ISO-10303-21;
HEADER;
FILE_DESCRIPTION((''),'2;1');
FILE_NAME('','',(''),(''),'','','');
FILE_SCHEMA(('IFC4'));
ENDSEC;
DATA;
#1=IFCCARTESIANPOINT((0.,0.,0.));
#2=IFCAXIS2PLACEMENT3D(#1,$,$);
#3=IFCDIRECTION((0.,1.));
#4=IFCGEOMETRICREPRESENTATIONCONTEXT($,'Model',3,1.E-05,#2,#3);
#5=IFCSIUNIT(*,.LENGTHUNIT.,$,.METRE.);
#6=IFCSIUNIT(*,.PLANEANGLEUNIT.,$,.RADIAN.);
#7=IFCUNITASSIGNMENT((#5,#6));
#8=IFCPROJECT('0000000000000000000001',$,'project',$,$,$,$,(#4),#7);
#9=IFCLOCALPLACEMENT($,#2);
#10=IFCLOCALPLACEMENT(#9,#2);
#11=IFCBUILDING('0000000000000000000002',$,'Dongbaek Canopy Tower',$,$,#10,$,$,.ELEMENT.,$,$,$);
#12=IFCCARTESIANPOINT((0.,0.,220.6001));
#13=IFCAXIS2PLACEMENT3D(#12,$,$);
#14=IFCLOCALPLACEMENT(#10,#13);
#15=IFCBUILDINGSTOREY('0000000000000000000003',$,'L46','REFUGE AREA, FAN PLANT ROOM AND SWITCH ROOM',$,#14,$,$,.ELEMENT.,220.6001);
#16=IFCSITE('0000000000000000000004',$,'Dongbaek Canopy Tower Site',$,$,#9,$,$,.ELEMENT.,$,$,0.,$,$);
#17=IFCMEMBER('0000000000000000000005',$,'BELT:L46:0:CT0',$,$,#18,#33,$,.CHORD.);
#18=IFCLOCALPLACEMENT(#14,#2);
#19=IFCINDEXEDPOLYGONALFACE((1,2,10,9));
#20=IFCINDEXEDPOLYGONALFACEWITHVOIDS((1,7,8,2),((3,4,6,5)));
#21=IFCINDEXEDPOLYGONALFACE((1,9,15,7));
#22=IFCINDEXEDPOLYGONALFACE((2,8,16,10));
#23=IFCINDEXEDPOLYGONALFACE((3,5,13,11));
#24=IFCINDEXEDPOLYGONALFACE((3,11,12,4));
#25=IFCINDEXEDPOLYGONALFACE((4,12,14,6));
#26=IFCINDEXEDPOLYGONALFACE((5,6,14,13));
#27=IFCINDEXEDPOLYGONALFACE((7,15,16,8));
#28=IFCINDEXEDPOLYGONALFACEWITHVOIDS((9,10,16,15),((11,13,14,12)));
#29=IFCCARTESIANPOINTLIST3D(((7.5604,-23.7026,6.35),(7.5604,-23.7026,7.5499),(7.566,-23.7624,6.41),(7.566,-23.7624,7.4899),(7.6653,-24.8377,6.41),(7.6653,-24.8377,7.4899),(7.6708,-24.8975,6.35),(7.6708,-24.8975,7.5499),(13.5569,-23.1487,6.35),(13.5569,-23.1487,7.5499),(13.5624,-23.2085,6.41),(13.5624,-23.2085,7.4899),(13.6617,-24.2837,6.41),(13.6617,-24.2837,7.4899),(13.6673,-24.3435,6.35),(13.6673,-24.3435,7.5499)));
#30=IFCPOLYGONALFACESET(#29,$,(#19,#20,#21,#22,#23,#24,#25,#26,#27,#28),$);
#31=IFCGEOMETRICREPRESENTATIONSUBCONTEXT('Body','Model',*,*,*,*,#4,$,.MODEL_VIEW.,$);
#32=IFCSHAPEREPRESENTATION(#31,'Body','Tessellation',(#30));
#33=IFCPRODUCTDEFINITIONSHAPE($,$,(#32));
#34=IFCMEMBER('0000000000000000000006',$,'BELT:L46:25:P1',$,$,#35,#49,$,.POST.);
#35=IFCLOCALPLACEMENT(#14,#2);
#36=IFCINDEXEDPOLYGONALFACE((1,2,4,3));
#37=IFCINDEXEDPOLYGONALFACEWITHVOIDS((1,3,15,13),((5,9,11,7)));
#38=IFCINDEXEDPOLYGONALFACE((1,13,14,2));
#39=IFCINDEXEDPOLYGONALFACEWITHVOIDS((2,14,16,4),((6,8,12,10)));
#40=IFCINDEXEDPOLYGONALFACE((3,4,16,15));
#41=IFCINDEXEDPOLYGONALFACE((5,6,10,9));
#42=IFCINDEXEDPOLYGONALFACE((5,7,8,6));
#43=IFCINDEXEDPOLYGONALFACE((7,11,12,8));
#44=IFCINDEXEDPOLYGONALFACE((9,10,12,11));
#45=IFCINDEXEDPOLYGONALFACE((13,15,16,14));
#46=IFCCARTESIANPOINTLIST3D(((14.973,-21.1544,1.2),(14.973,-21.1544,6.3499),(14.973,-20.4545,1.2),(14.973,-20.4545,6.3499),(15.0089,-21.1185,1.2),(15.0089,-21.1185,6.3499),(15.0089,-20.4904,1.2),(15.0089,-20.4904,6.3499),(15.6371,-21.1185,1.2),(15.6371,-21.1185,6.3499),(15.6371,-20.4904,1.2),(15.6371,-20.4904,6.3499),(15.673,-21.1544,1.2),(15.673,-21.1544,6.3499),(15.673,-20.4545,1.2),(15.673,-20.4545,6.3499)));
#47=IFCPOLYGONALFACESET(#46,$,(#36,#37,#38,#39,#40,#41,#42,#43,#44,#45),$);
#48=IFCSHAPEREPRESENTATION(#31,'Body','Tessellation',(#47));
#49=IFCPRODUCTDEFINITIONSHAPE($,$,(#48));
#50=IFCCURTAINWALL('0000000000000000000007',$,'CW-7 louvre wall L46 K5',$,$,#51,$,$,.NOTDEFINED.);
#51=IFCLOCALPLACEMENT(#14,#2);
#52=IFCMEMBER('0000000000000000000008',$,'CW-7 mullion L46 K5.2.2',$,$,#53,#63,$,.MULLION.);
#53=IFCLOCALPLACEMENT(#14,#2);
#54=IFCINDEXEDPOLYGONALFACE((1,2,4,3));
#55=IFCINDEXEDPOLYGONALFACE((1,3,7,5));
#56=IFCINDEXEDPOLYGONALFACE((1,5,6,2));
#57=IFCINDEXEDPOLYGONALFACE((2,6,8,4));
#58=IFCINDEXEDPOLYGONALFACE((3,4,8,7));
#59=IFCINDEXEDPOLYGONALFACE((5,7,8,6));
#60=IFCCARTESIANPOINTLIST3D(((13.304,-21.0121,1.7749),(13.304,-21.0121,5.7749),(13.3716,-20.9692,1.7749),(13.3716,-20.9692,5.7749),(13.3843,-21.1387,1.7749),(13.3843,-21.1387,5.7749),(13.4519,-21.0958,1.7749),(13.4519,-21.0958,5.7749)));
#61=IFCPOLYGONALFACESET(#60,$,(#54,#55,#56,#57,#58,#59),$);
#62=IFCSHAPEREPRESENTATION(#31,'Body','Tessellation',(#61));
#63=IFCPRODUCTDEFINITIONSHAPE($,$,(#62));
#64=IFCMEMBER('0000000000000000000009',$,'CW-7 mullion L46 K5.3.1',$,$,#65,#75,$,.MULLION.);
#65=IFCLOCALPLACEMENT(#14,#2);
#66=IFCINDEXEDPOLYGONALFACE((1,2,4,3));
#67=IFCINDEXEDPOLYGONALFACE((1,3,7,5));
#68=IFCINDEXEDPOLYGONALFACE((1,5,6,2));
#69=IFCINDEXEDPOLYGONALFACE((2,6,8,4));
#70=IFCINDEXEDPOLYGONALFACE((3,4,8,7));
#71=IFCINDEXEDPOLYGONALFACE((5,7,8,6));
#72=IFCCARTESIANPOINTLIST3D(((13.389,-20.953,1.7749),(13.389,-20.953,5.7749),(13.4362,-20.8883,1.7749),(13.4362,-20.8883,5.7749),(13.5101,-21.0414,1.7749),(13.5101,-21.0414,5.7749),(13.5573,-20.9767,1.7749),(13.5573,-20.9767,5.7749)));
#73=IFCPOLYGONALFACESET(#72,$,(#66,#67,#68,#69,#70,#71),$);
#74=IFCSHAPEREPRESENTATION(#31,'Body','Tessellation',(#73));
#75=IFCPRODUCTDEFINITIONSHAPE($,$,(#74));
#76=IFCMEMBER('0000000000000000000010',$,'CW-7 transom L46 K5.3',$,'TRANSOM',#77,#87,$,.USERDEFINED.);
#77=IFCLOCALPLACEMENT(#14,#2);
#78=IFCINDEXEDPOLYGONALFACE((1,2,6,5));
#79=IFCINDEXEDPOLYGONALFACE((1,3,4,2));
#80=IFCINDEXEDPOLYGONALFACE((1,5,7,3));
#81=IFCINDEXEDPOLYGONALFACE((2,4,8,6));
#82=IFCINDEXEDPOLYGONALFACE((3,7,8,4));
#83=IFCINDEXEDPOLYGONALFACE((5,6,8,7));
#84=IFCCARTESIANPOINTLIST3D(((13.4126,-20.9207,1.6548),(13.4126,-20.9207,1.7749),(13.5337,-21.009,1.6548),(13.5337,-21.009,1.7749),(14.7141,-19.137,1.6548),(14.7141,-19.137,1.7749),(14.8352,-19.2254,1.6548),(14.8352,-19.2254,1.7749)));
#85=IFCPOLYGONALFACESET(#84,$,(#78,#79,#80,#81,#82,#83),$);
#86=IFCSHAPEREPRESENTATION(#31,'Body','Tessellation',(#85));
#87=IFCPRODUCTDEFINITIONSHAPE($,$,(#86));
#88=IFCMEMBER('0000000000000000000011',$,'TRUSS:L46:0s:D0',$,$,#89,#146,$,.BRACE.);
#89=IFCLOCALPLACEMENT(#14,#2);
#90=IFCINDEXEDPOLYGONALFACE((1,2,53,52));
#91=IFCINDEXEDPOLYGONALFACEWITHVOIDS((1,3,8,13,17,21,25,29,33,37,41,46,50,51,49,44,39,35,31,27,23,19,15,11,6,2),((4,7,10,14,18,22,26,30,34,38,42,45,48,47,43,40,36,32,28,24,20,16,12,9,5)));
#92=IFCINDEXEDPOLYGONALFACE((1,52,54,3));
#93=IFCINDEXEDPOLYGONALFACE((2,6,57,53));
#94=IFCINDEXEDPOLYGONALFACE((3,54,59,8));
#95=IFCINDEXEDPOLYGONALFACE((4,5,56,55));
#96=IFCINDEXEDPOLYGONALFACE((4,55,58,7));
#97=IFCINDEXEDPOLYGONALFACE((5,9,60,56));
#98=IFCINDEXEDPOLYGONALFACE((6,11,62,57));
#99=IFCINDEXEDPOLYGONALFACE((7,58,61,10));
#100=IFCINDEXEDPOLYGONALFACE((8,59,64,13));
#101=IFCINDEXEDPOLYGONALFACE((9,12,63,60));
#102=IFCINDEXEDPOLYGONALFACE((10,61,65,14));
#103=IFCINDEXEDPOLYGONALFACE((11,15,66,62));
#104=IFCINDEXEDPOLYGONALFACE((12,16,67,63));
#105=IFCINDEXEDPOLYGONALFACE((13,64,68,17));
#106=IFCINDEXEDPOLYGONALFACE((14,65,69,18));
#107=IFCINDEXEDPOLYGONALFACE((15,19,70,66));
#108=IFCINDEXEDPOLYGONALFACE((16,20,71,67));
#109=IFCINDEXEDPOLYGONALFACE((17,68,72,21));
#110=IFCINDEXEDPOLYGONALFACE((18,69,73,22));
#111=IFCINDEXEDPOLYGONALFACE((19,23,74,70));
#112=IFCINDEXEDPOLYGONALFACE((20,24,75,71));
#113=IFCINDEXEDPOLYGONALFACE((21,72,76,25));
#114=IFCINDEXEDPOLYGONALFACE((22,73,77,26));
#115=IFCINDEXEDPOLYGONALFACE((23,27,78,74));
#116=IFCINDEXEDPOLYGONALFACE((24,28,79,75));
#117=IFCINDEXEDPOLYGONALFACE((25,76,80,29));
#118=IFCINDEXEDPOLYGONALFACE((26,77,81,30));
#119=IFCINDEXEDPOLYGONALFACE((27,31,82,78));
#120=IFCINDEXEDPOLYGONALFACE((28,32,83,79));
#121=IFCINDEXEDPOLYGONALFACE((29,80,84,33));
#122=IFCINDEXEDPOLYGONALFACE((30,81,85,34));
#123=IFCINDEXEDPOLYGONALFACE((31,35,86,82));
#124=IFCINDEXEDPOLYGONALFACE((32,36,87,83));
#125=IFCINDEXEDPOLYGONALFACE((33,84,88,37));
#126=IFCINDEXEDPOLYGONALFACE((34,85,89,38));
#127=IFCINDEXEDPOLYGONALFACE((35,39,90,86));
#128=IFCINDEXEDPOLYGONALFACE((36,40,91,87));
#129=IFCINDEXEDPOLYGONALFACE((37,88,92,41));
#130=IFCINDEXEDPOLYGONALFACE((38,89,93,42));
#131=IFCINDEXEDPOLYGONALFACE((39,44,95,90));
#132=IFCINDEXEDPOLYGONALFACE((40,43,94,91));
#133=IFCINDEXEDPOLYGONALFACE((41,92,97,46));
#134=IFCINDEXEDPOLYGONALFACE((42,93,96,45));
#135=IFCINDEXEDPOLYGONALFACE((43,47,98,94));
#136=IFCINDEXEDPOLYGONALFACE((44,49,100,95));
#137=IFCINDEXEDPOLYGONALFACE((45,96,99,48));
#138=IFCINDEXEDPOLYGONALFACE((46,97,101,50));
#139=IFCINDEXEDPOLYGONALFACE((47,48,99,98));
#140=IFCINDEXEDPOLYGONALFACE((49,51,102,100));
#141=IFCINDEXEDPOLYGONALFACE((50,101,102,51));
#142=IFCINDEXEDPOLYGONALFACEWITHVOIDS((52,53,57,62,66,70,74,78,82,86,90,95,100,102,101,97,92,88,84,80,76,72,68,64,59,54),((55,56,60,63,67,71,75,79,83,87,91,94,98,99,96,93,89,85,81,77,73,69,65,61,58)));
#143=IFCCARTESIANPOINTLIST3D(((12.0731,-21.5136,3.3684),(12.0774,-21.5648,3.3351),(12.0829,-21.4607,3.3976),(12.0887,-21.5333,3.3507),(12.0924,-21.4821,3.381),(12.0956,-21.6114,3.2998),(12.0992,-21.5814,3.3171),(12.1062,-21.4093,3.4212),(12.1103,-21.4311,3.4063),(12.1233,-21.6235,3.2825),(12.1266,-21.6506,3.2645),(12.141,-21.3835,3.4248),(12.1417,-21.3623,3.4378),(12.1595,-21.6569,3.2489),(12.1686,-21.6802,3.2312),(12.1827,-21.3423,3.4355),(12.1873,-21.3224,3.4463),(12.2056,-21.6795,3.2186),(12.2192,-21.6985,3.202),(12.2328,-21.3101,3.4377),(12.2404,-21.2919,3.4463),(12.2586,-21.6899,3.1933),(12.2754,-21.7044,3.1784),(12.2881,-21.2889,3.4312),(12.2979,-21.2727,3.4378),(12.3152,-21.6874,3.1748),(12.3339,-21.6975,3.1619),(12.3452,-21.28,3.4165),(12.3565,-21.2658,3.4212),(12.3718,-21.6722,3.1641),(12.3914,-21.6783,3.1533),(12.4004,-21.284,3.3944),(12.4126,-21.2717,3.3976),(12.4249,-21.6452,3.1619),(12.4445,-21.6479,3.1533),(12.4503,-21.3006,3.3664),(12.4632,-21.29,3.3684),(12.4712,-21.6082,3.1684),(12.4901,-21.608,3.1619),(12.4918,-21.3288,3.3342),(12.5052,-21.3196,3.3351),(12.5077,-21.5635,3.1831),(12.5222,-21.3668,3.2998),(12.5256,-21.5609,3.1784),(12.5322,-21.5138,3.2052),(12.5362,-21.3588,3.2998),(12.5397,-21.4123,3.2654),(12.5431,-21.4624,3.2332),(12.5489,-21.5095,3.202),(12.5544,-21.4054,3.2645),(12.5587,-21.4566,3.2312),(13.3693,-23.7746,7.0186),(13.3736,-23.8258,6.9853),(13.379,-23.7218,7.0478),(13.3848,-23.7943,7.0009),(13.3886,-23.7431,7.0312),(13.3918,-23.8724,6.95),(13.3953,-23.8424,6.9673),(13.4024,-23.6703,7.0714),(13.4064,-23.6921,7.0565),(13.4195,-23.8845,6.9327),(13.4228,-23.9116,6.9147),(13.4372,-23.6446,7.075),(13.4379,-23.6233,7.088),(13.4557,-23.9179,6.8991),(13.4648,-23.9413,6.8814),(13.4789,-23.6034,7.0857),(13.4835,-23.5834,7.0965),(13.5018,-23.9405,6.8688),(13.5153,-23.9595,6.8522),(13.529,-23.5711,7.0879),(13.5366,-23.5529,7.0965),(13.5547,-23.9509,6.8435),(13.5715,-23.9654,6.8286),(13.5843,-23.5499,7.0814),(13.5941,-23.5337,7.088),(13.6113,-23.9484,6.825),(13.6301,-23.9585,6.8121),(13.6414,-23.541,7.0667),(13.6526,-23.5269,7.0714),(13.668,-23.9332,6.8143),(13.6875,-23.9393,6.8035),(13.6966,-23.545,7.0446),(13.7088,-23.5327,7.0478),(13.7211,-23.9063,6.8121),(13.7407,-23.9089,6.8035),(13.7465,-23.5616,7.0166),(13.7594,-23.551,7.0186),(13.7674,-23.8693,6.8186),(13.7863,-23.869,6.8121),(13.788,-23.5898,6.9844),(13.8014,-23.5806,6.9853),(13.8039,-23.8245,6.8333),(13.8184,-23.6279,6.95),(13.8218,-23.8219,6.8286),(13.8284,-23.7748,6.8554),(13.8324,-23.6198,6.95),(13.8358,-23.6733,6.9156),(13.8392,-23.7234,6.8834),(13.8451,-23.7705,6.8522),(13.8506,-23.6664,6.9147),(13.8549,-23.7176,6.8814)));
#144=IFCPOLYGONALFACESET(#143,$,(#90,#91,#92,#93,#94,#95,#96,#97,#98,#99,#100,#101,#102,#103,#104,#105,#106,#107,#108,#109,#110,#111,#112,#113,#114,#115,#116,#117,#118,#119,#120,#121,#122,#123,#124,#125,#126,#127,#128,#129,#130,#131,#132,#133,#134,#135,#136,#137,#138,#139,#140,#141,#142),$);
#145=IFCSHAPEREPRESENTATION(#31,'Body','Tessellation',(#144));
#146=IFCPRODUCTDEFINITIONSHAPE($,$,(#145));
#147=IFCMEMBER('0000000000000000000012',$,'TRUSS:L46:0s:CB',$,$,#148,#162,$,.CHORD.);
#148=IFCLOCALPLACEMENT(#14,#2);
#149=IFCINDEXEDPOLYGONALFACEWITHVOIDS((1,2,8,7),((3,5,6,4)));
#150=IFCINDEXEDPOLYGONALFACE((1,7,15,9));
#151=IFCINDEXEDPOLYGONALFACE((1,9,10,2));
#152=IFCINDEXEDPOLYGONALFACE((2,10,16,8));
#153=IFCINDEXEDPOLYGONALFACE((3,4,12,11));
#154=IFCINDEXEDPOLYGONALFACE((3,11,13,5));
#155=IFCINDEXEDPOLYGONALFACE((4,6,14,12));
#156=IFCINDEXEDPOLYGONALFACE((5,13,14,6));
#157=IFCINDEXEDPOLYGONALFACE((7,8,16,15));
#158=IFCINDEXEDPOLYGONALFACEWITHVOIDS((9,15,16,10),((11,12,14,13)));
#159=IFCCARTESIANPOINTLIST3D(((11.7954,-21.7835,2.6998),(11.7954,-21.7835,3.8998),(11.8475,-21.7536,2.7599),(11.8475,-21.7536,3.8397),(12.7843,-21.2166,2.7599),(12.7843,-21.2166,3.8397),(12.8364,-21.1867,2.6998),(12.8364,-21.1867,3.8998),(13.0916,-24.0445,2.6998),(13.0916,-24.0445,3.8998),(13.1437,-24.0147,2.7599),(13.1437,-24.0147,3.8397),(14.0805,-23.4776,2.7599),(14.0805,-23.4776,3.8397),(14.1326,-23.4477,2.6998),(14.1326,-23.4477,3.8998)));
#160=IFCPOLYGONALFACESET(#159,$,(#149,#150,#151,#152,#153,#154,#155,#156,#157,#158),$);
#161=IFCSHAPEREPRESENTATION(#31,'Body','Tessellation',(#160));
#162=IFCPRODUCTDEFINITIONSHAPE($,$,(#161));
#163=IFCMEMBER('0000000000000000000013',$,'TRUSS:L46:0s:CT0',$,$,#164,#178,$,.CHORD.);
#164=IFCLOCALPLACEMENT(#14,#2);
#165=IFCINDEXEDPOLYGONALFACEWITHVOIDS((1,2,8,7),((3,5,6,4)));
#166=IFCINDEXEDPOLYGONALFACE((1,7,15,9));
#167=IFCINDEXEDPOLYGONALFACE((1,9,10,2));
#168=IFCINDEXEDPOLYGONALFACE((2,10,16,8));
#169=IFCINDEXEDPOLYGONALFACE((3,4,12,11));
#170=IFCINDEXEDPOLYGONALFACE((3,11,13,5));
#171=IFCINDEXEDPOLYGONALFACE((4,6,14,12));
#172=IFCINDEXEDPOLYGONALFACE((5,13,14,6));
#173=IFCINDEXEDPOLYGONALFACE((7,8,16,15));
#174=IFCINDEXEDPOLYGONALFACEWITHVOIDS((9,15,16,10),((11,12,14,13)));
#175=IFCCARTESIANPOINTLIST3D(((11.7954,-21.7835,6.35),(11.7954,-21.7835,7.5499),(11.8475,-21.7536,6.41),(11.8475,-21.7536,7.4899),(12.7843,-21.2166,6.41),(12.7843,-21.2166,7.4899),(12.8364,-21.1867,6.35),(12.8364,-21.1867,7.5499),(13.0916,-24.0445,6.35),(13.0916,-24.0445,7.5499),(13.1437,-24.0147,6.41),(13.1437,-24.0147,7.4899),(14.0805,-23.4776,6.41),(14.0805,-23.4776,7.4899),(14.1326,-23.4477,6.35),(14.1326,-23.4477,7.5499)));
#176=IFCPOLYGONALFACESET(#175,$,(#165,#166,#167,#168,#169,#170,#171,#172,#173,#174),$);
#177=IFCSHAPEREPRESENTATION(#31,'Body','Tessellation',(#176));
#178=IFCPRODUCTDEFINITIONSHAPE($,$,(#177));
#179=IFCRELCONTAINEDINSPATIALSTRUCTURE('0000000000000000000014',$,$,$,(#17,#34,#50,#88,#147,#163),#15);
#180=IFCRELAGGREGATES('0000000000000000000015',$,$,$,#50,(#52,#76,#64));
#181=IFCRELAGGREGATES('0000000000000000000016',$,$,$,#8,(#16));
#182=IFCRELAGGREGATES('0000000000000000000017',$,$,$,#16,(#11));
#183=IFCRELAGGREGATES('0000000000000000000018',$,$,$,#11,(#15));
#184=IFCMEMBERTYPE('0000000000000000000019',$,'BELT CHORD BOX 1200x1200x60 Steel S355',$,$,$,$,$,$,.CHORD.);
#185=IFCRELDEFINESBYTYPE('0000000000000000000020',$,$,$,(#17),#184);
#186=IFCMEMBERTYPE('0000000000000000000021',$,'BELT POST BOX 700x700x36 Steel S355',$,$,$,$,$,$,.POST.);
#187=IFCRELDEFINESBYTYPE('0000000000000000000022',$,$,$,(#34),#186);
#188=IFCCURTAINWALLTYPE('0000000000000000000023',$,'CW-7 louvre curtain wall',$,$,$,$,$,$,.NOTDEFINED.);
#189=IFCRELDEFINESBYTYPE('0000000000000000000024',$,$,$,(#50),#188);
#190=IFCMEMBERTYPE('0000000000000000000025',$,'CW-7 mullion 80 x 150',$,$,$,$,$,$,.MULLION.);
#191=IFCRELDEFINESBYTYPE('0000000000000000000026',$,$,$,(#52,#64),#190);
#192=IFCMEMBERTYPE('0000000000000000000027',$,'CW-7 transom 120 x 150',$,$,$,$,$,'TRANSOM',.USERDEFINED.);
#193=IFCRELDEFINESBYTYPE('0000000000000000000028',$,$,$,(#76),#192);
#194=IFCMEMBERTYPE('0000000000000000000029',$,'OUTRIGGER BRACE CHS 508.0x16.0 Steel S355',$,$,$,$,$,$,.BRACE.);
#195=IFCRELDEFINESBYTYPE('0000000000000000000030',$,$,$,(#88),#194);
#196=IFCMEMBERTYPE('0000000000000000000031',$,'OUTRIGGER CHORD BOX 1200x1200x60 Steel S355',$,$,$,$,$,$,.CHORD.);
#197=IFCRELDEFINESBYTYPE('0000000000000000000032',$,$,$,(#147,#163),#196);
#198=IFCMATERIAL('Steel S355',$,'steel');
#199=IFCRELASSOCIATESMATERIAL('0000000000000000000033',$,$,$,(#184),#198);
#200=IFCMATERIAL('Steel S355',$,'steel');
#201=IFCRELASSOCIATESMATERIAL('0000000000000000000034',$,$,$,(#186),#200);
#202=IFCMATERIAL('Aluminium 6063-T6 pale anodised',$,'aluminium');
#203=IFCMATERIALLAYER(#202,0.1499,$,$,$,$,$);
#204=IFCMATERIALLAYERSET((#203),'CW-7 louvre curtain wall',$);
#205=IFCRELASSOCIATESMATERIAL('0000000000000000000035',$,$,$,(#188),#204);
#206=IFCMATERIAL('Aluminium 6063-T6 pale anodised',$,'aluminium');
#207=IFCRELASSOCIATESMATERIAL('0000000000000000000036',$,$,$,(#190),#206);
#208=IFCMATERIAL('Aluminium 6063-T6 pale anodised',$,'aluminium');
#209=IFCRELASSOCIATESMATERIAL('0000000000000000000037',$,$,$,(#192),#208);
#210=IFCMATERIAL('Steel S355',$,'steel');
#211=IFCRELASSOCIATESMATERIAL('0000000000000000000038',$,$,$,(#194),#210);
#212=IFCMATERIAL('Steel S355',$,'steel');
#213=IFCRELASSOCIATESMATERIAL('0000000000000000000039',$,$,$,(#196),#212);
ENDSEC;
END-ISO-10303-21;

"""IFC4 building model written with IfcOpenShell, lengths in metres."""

from ifc_helpers import new_model, si_unit, direction, frame, origin, origin_2d, place, context, subcontext, project, spatial, rectangle, hollow_rectangle, hollow_circle, extrude, material, layer, layer_set, material_profile, profile_set, type_object, element, aggregate, save


model = new_model("IFC4")

# Units and contexts
model_context = context("Model", 3, precision=1e-05, world=origin(), true_north=direction((0.0, 1.0)))
body_context = subcontext(model_context, "Body", "Model", "MODEL_VIEW")
ifc_project = project(units=[si_unit("LENGTHUNIT", "METRE"), si_unit("PLANEANGLEUNIT", "RADIAN")], contexts=[model_context])

# Site, building, storey
site_placement = place(None, origin())
site = spatial("IfcSite", under=ifc_project, at=site_placement, Name="Dongbaek Canopy Tower Site", CompositionType="ELEMENT", RefElevation=0.0)
building_placement = place(site_placement, origin())
building = spatial("IfcBuilding", under=site, at=building_placement, Name="Dongbaek Canopy Tower", CompositionType="ELEMENT")
storey_placement = place(building_placement, frame((0.0, 0.0, 220.6001)))
storey = spatial("IfcBuildingStorey", under=building, at=storey_placement, Name="L46", Description="REFUGE AREA, FAN PLANT ROOM AND SWITCH ROOM", CompositionType="ELEMENT", Elevation=220.6001)

# Members
ifc_material_1 = material(Name="Steel S355", Category="steel")
ifc_material_profile_1 = material_profile(ifc_material_1, hollow_rectangle(XDim=1.2, YDim=1.2, WallThickness=0.0601, at=origin_2d()), Name="BELT CHORD BOX 1200x1200x60 Steel S355")
ifc_profile_set_1 = profile_set([ifc_material_profile_1], Name="Steel S355")
member_type_1 = type_object("IfcMemberType", Name="BELT CHORD BOX 1200x1200x60 Steel S355", PredefinedType="CHORD", material=ifc_profile_set_1)
for number, where, z_axis, x_axis, name in (
    (1, (13.6121, -23.7461, 6.95), (-0.99576, -0.091991, 0.0), (0.091991, -0.99576, 0.0), "BELT:L46:0:CT0"),
):
    element("IfcMember", number, at=place(storey_placement, frame(where, z_axis=z_axis, x_axis=x_axis)), inside=storey, type_object=member_type_1, Name=name, PredefinedType="CHORD", context=body_context, shape_type="SweptSolid", body=[
        extrude(hollow_rectangle(XDim=1.2, YDim=1.2, WallThickness=0.0601, at=origin_2d()), origin(), (0.0, 0.0, 1.0), 6.022),
    ])
ifc_material_2 = material(Name="Steel S355", Category="steel")
ifc_material_profile_2 = material_profile(ifc_material_2, hollow_rectangle(XDim=0.7, YDim=0.7, WallThickness=0.0359, at=origin_2d()), Name="BELT POST BOX 700x700x36 Steel S355")
ifc_profile_set_2 = profile_set([ifc_material_profile_2], Name="Steel S355")
member_type_2 = type_object("IfcMemberType", Name="BELT POST BOX 700x700x36 Steel S355", PredefinedType="POST", material=ifc_profile_set_2)
member_1_placement = place(storey_placement, frame((15.323, -20.8044, 1.2), z_axis=(0.0, 0.0, 1.0), x_axis=(1.0, 0.0, 0.0)))
element("IfcMember", 2, at=member_1_placement, inside=storey, type_object=member_type_2, Name="BELT:L46:25:P1", PredefinedType="POST", context=body_context, shape_type="SweptSolid", body=[
    extrude(hollow_rectangle(XDim=0.7, YDim=0.7, WallThickness=0.0359, at=origin_2d()), origin(), (0.0, 0.0, 1.0), 5.1499),
])

# Curtain wall, members
ifc_material_3 = material(Name="Aluminium 6063-T6 pale anodised", Category="aluminium")
ifc_layer_1 = layer(ifc_material_3, 0.1499)
ifc_layer_set_1 = layer_set([ifc_layer_1], Name="CW-7 louvre curtain wall")
curtain_wall_type = type_object("IfcCurtainWallType", Name="CW-7 louvre curtain wall", PredefinedType="NOTDEFINED", material=ifc_layer_set_1)
curtain_wall_placement = place(storey_placement, origin())
curtain_wall = element("IfcCurtainWall", 3, at=curtain_wall_placement, inside=storey, type_object=curtain_wall_type, Name="CW-7 louvre wall L46 K5", PredefinedType="NOTDEFINED")
ifc_material_4 = material(Name="Aluminium 6063-T6 pale anodised", Category="aluminium")
ifc_material_profile_3 = material_profile(ifc_material_4, rectangle(XDim=0.1499, YDim=0.0801, at=origin_2d()), Name="CW-7 mullion 80 x 150")
ifc_profile_set_3 = profile_set([ifc_material_profile_3], Name="Aluminium 6063-T6 pale anodised")
member_type_3 = type_object("IfcMemberType", Name="CW-7 mullion 80 x 150", PredefinedType="MULLION", material=ifc_profile_set_3)
member_2_placement = place(storey_placement, frame((13.3779, -21.054, 1.7749), z_axis=(0.0, 0.0, 1.0), x_axis=(0.535846, -0.844315, 0.0)))
member_2 = element("IfcMember", 4, at=member_2_placement, type_object=member_type_3, Name="CW-7 mullion L46 K5.2.2", PredefinedType="MULLION", context=body_context, shape_type="SweptSolid", body=[
    extrude(rectangle(XDim=0.1499, YDim=0.0801, at=origin_2d()), origin(), (0.0, 0.0, 1.0), 4.0),
])
member_3_placement = place(storey_placement, frame((13.4731, -20.9648, 1.7749), z_axis=(0.0, 0.0, 1.0), x_axis=(0.807821, -0.589428, 0.0)))
member_3 = element("IfcMember", 5, at=member_3_placement, type_object=member_type_3, Name="CW-7 mullion L46 K5.3.1", PredefinedType="MULLION", context=body_context, shape_type="SweptSolid", body=[
    extrude(rectangle(XDim=0.1499, YDim=0.0801, at=origin_2d()), origin(), (0.0, 0.0, 1.0), 4.0),
])
ifc_material_5 = material(Name="Aluminium 6063-T6 pale anodised", Category="aluminium")
ifc_material_profile_4 = material_profile(ifc_material_5, rectangle(XDim=0.1499, YDim=0.1201, at=origin_2d()), Name="CW-7 transom 120 x 150")
ifc_profile_set_4 = profile_set([ifc_material_profile_4], Name="Aluminium 6063-T6 pale anodised")
member_type_4 = type_object("IfcMemberType", Name="CW-7 transom 120 x 150", ElementType="TRANSOM", PredefinedType="USERDEFINED", material=ifc_profile_set_4)
member_4_placement = place(storey_placement, frame((13.4731, -20.9648, 1.7148), z_axis=(0.58944, 0.807812, 0.0), x_axis=(-0.807812, 0.58944, 0.0)))
member_4 = element("IfcMember", 6, at=member_4_placement, type_object=member_type_4, Name="CW-7 transom L46 K5.3", ObjectType="TRANSOM", PredefinedType="USERDEFINED", context=body_context, shape_type="SweptSolid", body=[
    extrude(rectangle(XDim=0.1499, YDim=0.1201, at=origin_2d()), origin(), (0.0, 0.0, 1.0), 2.208),
])

# Members
ifc_material_6 = material(Name="Steel S355", Category="steel")
ifc_material_profile_5 = material_profile(ifc_material_6, hollow_circle(Radius=0.2539, WallThickness=0.0161, at=origin_2d()), Name="OUTRIGGER BRACE CHS 508.0x16.0 Steel S355")
ifc_profile_set_5 = profile_set([ifc_material_profile_5], Name="Steel S355")
member_type_5 = type_object("IfcMemberType", Name="OUTRIGGER BRACE CHS 508.0x16.0 Steel S355", PredefinedType="BRACE", material=ifc_profile_set_5)
member_5_placement = place(storey_placement, frame((12.3159, -21.4851, 3.2998), z_axis=(0.288992, -0.504117, 0.813849), x_axis=(0.867556, 0.497339, 0.0)))
element("IfcMember", 7, at=member_5_placement, inside=storey, type_object=member_type_5, Name="TRUSS:L46:0s:D0", PredefinedType="BRACE", context=body_context, shape_type="SweptSolid", body=[
    extrude(hollow_circle(Radius=0.2539, WallThickness=0.0161, at=origin_2d()), origin(), (0.0, 0.0, 1.0), 4.4851),
])
ifc_material_7 = material(Name="Steel S355", Category="steel")
ifc_material_profile_6 = material_profile(ifc_material_7, hollow_rectangle(XDim=1.2, YDim=1.2, WallThickness=0.0601, at=origin_2d()), Name="OUTRIGGER CHORD BOX 1200x1200x60 Steel S355")
ifc_profile_set_6 = profile_set([ifc_material_profile_6], Name="Steel S355")
member_type_6 = type_object("IfcMemberType", Name="OUTRIGGER CHORD BOX 1200x1200x60 Steel S355", PredefinedType="CHORD", material=ifc_profile_set_6)
for number, where, z_axis, x_axis, name in (
    (8, (12.3159, -21.4851, 3.2998), (0.497339, -0.867556, 0.0), (0.867556, 0.497339, 0.0), "TRUSS:L46:0s:CB"),
    (9, (12.3159, -21.4851, 6.95), (0.497339, -0.867556, 0.0), (0.867556, 0.497339, 0.0), "TRUSS:L46:0s:CT0"),
):
    element("IfcMember", number, at=place(storey_placement, frame(where, z_axis=z_axis, x_axis=x_axis)), inside=storey, type_object=member_type_6, Name=name, PredefinedType="CHORD", context=body_context, shape_type="SweptSolid", body=[
        extrude(hollow_rectangle(XDim=1.2, YDim=1.2, WallThickness=0.0601, at=origin_2d()), origin(), (0.0, 0.0, 1.0), 2.6062),
    ])

aggregate(curtain_wall, [member_2, member_4, member_3])

save(model, "model.ifc")
